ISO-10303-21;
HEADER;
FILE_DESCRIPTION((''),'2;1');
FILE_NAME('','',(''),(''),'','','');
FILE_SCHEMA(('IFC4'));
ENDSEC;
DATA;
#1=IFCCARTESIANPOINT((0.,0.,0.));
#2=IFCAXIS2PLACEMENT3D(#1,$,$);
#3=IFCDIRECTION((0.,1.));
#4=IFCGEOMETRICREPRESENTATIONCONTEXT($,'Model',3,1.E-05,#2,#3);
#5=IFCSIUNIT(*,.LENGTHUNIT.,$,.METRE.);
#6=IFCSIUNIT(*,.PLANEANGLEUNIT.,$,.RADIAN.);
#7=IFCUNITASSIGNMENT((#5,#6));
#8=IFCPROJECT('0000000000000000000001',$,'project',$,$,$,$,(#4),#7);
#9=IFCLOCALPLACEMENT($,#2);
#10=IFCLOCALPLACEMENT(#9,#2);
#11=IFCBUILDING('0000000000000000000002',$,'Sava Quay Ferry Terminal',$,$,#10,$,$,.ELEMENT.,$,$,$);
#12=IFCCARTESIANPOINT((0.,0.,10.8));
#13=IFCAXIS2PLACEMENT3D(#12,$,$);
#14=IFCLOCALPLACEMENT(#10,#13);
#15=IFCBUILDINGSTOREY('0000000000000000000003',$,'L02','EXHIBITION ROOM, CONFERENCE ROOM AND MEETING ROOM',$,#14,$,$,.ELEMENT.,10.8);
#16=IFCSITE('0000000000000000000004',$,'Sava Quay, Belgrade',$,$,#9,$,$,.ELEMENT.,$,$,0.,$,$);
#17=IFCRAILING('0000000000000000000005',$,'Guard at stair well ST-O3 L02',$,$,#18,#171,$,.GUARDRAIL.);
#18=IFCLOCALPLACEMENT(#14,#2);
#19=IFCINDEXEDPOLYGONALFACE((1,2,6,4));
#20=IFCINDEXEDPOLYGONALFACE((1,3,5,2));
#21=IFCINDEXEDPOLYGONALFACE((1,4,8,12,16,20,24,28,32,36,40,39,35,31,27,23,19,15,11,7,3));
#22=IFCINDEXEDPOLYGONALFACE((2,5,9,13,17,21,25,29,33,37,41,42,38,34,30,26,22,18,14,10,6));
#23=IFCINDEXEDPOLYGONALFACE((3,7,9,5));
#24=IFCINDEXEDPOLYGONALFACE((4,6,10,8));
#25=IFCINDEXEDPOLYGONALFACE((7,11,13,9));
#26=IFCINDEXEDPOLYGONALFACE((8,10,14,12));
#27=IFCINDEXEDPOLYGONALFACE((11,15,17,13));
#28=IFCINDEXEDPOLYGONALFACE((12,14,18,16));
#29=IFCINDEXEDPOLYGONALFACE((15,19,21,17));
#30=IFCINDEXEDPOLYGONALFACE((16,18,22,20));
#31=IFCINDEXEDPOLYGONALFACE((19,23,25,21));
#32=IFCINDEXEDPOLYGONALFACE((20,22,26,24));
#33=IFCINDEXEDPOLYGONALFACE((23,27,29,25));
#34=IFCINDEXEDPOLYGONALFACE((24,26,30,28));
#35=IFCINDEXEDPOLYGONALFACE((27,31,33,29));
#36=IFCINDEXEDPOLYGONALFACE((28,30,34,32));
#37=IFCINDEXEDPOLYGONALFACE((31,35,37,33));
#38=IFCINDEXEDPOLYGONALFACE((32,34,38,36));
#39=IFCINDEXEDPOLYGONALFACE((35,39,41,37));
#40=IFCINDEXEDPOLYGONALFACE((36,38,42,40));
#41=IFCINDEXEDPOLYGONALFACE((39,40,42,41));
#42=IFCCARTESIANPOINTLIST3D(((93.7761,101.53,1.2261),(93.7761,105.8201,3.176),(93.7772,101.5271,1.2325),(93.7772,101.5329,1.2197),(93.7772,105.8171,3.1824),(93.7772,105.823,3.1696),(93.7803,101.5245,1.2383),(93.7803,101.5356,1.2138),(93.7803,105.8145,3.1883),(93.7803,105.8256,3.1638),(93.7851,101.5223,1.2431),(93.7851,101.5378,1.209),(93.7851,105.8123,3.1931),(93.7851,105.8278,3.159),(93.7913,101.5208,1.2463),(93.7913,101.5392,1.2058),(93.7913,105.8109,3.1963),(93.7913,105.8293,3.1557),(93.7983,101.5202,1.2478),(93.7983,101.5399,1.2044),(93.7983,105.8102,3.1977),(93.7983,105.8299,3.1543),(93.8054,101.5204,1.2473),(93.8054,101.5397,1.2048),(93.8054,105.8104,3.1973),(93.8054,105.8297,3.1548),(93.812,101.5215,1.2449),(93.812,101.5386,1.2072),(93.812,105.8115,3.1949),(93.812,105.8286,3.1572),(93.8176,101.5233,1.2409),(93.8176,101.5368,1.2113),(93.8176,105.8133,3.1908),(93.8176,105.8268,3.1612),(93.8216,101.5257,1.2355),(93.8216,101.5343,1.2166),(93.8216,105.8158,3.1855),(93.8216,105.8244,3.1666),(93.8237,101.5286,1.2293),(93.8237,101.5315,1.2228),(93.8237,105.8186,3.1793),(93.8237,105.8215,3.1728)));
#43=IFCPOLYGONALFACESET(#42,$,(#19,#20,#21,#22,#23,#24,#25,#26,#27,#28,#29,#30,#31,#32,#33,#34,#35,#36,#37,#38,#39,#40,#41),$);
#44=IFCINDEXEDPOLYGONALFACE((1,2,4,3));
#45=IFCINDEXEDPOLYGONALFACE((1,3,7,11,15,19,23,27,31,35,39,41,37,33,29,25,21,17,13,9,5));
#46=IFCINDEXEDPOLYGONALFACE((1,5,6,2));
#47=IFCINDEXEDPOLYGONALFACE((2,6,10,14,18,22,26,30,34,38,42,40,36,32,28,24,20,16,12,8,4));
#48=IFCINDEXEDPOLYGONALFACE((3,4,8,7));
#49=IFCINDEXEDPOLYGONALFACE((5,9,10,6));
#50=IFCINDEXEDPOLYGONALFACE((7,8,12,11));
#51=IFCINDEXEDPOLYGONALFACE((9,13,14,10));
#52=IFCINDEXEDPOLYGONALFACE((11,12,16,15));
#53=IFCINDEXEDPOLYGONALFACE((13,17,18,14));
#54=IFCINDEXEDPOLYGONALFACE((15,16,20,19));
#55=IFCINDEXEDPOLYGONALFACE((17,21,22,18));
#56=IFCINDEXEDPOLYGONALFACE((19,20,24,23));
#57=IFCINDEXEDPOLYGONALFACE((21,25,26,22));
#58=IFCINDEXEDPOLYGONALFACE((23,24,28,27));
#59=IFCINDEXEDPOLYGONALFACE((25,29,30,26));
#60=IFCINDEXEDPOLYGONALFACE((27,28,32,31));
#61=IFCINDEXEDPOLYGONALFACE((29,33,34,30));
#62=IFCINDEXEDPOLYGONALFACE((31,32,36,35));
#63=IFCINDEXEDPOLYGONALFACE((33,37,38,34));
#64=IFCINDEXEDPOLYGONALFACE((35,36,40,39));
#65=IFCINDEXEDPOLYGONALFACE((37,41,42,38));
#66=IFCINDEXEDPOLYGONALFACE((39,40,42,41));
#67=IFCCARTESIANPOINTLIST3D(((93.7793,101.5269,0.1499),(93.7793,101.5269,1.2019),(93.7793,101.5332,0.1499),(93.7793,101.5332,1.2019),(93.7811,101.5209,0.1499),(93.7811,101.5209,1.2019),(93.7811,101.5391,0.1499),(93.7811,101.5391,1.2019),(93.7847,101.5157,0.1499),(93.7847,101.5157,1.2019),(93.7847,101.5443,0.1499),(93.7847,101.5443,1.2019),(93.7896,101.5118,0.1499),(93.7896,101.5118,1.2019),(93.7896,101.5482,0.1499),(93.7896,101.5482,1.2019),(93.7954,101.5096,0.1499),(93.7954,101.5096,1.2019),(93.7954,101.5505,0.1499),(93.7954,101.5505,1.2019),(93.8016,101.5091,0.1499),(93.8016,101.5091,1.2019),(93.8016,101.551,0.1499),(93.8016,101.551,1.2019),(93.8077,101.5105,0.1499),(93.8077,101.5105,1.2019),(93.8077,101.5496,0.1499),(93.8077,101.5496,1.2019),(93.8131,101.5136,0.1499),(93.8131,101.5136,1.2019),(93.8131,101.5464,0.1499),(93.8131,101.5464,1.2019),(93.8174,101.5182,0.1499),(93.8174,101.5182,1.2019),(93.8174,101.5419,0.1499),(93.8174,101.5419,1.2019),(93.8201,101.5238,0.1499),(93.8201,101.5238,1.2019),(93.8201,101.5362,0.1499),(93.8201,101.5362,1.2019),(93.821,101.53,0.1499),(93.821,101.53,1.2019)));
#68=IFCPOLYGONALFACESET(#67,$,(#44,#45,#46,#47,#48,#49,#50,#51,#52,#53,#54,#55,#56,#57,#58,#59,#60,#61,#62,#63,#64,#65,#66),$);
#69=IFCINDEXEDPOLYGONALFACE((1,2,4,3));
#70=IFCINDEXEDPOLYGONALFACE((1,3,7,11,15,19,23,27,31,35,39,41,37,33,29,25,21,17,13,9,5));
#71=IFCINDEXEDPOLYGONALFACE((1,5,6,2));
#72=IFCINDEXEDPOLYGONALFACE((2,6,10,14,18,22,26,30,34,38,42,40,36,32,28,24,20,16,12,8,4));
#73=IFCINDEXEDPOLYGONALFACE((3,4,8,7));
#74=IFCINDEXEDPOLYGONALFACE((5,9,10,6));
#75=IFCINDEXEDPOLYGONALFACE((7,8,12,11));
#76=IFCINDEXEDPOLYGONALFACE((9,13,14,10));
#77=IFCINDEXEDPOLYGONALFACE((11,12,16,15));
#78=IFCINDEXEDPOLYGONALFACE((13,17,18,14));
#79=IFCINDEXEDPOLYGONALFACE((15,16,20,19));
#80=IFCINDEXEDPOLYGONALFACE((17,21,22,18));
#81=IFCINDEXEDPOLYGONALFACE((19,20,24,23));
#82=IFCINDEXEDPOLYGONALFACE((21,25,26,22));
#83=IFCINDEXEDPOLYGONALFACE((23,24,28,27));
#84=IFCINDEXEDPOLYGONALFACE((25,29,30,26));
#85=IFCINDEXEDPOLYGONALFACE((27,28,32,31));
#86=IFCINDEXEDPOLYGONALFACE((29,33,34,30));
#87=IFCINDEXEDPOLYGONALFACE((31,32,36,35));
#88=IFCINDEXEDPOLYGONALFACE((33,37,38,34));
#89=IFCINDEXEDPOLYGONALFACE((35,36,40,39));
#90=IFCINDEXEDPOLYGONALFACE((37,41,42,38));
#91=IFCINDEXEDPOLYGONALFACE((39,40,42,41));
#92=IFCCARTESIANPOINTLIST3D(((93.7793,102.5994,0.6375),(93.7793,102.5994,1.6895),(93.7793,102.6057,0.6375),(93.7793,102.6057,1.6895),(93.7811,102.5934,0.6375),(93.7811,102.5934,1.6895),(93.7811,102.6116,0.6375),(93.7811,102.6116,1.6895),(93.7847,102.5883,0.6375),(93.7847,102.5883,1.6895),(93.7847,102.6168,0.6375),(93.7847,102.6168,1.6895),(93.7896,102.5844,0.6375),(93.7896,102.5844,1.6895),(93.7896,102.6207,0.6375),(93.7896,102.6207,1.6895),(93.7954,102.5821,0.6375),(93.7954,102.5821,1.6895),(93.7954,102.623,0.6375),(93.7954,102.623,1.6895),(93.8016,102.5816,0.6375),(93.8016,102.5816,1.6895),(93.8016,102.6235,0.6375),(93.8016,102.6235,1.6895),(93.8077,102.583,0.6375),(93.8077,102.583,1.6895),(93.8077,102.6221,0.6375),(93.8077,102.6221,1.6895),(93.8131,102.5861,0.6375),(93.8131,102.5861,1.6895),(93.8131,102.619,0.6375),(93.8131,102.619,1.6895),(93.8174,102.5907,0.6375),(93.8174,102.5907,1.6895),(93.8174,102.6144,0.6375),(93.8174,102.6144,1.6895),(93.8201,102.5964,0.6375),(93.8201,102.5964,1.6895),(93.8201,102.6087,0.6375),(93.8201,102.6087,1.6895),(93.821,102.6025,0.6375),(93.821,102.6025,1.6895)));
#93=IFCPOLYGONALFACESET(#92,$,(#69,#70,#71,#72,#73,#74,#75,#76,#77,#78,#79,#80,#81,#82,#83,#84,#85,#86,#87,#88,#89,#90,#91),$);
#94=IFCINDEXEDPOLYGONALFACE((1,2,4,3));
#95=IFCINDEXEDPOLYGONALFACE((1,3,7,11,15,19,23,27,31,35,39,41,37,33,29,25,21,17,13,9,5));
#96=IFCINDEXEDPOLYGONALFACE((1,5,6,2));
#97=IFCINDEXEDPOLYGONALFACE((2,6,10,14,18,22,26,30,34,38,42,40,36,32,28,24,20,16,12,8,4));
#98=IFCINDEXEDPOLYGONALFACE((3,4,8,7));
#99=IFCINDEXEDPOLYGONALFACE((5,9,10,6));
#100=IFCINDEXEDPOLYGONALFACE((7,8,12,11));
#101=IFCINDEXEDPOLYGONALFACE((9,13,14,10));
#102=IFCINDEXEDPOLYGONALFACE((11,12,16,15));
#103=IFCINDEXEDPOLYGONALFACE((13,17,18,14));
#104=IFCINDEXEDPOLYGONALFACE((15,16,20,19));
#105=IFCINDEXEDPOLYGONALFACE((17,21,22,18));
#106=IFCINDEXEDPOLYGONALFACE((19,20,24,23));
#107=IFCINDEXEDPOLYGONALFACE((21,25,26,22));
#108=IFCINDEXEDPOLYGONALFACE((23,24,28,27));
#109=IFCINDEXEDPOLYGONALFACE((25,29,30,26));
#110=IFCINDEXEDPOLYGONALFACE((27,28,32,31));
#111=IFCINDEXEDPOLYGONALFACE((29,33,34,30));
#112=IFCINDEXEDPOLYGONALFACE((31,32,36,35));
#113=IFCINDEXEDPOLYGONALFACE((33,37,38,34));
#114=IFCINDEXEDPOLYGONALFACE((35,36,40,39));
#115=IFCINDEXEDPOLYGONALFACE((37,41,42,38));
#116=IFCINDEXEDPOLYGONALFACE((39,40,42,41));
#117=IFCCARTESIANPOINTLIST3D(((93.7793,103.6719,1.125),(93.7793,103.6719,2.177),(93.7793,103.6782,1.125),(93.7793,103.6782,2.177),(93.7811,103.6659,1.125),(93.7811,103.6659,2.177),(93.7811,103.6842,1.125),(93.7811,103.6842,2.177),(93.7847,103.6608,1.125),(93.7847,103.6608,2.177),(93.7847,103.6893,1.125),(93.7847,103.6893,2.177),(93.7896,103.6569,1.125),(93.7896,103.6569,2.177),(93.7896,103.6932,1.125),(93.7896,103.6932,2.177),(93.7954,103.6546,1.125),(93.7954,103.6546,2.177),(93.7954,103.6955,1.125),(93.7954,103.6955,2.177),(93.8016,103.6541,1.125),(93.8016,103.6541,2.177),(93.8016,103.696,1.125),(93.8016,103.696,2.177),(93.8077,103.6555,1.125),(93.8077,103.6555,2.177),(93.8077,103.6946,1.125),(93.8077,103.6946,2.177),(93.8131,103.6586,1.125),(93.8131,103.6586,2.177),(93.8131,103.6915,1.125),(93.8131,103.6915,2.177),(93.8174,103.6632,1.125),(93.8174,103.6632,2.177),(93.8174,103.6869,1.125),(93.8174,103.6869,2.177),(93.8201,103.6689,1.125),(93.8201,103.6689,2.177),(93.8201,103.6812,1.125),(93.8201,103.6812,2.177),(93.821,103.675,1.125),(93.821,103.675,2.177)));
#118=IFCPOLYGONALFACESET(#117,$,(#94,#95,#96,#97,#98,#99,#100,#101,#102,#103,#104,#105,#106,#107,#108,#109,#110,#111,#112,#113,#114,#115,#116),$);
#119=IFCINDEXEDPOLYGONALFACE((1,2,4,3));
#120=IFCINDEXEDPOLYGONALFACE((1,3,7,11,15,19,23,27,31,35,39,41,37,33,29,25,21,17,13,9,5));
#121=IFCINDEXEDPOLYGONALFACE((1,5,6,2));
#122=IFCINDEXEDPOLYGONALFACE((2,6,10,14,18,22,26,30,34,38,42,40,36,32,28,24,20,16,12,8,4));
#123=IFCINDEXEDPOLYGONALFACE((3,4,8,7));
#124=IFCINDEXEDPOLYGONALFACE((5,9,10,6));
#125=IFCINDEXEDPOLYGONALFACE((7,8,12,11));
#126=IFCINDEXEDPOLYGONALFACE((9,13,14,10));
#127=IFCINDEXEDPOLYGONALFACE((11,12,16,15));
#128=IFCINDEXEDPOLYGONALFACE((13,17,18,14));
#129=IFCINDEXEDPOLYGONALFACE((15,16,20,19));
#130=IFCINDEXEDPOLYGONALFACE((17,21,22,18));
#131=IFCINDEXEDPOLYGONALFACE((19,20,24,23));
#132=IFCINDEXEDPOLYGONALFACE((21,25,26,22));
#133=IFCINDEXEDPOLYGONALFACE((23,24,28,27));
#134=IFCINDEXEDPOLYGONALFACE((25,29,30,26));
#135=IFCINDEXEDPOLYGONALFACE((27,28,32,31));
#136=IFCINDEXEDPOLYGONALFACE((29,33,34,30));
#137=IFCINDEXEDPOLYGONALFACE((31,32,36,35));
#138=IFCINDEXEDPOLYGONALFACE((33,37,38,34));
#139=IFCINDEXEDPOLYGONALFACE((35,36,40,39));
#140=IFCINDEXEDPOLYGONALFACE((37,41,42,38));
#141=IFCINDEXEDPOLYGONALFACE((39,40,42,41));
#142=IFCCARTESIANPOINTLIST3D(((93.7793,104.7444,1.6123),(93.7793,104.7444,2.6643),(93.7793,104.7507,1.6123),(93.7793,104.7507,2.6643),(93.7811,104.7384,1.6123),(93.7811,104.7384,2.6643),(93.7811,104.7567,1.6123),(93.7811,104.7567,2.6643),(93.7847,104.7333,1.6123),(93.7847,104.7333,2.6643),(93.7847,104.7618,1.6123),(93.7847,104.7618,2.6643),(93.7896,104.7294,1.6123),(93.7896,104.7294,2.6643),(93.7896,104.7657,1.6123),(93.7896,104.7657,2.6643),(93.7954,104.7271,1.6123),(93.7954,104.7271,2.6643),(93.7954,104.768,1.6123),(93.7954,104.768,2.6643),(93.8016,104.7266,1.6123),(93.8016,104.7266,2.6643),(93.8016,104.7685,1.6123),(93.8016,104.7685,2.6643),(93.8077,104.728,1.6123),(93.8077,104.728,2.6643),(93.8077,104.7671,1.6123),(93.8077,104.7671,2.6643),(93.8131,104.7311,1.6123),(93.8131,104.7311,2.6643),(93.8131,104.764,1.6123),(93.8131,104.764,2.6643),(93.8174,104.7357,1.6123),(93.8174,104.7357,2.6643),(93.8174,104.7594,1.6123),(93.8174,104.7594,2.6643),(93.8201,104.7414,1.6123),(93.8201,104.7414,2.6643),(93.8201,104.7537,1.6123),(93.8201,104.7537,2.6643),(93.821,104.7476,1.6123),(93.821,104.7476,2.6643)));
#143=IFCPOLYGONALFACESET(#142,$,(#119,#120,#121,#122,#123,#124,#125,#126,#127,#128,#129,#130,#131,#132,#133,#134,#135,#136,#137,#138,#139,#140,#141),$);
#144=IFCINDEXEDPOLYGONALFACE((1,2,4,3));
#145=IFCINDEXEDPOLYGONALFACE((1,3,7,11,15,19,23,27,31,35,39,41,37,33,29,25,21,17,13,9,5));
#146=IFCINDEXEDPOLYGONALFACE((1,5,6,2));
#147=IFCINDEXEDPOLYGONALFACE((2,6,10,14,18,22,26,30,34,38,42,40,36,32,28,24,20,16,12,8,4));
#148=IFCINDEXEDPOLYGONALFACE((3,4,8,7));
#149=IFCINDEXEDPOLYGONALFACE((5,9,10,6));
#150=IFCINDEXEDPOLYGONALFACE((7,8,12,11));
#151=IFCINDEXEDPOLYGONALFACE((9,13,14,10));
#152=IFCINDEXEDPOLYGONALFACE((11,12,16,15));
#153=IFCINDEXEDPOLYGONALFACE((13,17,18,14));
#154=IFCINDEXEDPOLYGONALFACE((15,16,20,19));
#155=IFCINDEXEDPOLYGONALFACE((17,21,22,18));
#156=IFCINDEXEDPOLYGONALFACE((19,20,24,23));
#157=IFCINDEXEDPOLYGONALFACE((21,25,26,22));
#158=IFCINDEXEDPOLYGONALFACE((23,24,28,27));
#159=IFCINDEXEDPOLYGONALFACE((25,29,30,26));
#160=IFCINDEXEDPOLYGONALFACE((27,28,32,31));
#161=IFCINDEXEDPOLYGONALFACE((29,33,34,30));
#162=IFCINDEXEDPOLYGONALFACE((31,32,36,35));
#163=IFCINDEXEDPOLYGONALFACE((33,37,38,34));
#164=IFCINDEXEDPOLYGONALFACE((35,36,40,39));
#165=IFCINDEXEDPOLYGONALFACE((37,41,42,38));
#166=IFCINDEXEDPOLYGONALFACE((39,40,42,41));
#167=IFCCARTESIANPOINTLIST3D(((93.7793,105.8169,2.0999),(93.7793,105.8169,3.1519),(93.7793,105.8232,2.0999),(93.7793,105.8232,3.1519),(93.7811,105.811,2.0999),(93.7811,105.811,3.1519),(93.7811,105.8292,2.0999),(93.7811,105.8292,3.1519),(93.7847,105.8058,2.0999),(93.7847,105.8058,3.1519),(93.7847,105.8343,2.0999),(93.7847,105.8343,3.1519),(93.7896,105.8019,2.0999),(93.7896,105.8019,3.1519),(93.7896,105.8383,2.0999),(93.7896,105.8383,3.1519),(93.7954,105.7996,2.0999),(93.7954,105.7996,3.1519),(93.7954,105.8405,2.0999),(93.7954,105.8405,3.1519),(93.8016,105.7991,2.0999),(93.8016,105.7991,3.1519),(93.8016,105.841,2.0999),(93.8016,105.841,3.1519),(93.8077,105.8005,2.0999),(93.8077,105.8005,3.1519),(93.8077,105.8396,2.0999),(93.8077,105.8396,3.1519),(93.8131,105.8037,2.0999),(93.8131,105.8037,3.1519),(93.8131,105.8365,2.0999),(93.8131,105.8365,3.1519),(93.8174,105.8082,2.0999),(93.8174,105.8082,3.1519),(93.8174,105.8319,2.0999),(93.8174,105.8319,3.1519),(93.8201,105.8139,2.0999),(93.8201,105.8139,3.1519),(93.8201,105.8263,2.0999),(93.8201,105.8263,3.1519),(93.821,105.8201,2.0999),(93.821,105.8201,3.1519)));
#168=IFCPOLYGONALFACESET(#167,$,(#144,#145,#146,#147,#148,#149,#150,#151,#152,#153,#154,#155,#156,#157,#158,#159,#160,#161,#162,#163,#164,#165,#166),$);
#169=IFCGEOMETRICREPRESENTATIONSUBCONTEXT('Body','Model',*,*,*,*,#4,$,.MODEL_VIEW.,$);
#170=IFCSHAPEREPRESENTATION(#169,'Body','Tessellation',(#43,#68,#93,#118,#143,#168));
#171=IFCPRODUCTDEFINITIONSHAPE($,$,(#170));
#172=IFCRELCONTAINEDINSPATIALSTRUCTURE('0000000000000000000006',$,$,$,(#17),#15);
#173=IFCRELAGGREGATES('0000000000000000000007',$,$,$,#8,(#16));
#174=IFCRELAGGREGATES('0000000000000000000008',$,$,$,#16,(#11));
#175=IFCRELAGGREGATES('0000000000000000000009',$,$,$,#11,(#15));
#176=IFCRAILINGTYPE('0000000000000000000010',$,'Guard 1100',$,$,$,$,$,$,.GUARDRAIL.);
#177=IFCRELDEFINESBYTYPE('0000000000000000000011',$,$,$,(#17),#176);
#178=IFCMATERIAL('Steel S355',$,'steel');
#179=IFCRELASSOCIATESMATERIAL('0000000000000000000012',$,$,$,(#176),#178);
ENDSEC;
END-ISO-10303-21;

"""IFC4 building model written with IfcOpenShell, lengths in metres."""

from ifc_helpers import new_model, si_unit, direction, frame, origin, origin_2d, place, context, subcontext, project, spatial, circle, extrude, material, type_object, element, save


model = new_model("IFC4")

# Units and contexts
model_context = context("Model", 3, precision=1e-05, world=origin(), true_north=direction((0.0, 1.0)))
body_context = subcontext(model_context, "Body", "Model", "MODEL_VIEW")
ifc_project = project(units=[si_unit("LENGTHUNIT", "METRE"), si_unit("PLANEANGLEUNIT", "RADIAN")], contexts=[model_context])

# Site, building, storey
site_placement = place(None, origin())
site = spatial("IfcSite", under=ifc_project, at=site_placement, Name="Sava Quay, Belgrade", CompositionType="ELEMENT", RefElevation=0.0)
building_placement = place(site_placement, origin())
building = spatial("IfcBuilding", under=site, at=building_placement, Name="Sava Quay Ferry Terminal", CompositionType="ELEMENT")
storey_placement = place(building_placement, frame((0.0, 0.0, 10.8)))
storey = spatial("IfcBuildingStorey", under=building, at=storey_placement, Name="L02", Description="EXHIBITION ROOM, CONFERENCE ROOM AND MEETING ROOM", CompositionType="ELEMENT", Elevation=10.8)

# Railing
ifc_material_1 = material(Name="Steel S355", Category="steel")
railing_type_1 = type_object("IfcRailingType", Name="Guard 1100", PredefinedType="GUARDRAIL", material=ifc_material_1)
railing_1_placement = place(storey_placement, frame((93.8, 101.53, 0.1499)))
element("IfcRailing", 1, at=railing_1_placement, inside=storey, type_object=railing_type_1, Name="Guard at stair well ST-O3 L02", PredefinedType="GUARDRAIL", context=body_context, shape_type="SweptSolid", body=[
    extrude(circle(Radius=0.0239, at=origin_2d()), frame((0.0, 0.0, 1.0762), z_axis=(0.0, 0.910372, 0.413791), x_axis=(-1.0, 0.0, 0.0)), (0.0, 0.0, 1.0), 4.7124),
    extrude(circle(Radius=0.021, at=origin_2d()), origin(), (0.0, 0.0, 1.0), 1.052),
    extrude(circle(Radius=0.021, at=origin_2d()), frame((0.0, 1.0725, 0.4875)), (0.0, 0.0, 1.0), 1.052),
    extrude(circle(Radius=0.021, at=origin_2d()), frame((0.0, 2.145, 0.9751)), (0.0, 0.0, 1.0), 1.052),
    extrude(circle(Radius=0.021, at=origin_2d()), frame((0.0, 3.2175, 1.4624)), (0.0, 0.0, 1.0), 1.052),
    extrude(circle(Radius=0.021, at=origin_2d()), frame((0.0, 4.29, 1.95)), (0.0, 0.0, 1.0), 1.052),
])

save(model, "model.ifc")
